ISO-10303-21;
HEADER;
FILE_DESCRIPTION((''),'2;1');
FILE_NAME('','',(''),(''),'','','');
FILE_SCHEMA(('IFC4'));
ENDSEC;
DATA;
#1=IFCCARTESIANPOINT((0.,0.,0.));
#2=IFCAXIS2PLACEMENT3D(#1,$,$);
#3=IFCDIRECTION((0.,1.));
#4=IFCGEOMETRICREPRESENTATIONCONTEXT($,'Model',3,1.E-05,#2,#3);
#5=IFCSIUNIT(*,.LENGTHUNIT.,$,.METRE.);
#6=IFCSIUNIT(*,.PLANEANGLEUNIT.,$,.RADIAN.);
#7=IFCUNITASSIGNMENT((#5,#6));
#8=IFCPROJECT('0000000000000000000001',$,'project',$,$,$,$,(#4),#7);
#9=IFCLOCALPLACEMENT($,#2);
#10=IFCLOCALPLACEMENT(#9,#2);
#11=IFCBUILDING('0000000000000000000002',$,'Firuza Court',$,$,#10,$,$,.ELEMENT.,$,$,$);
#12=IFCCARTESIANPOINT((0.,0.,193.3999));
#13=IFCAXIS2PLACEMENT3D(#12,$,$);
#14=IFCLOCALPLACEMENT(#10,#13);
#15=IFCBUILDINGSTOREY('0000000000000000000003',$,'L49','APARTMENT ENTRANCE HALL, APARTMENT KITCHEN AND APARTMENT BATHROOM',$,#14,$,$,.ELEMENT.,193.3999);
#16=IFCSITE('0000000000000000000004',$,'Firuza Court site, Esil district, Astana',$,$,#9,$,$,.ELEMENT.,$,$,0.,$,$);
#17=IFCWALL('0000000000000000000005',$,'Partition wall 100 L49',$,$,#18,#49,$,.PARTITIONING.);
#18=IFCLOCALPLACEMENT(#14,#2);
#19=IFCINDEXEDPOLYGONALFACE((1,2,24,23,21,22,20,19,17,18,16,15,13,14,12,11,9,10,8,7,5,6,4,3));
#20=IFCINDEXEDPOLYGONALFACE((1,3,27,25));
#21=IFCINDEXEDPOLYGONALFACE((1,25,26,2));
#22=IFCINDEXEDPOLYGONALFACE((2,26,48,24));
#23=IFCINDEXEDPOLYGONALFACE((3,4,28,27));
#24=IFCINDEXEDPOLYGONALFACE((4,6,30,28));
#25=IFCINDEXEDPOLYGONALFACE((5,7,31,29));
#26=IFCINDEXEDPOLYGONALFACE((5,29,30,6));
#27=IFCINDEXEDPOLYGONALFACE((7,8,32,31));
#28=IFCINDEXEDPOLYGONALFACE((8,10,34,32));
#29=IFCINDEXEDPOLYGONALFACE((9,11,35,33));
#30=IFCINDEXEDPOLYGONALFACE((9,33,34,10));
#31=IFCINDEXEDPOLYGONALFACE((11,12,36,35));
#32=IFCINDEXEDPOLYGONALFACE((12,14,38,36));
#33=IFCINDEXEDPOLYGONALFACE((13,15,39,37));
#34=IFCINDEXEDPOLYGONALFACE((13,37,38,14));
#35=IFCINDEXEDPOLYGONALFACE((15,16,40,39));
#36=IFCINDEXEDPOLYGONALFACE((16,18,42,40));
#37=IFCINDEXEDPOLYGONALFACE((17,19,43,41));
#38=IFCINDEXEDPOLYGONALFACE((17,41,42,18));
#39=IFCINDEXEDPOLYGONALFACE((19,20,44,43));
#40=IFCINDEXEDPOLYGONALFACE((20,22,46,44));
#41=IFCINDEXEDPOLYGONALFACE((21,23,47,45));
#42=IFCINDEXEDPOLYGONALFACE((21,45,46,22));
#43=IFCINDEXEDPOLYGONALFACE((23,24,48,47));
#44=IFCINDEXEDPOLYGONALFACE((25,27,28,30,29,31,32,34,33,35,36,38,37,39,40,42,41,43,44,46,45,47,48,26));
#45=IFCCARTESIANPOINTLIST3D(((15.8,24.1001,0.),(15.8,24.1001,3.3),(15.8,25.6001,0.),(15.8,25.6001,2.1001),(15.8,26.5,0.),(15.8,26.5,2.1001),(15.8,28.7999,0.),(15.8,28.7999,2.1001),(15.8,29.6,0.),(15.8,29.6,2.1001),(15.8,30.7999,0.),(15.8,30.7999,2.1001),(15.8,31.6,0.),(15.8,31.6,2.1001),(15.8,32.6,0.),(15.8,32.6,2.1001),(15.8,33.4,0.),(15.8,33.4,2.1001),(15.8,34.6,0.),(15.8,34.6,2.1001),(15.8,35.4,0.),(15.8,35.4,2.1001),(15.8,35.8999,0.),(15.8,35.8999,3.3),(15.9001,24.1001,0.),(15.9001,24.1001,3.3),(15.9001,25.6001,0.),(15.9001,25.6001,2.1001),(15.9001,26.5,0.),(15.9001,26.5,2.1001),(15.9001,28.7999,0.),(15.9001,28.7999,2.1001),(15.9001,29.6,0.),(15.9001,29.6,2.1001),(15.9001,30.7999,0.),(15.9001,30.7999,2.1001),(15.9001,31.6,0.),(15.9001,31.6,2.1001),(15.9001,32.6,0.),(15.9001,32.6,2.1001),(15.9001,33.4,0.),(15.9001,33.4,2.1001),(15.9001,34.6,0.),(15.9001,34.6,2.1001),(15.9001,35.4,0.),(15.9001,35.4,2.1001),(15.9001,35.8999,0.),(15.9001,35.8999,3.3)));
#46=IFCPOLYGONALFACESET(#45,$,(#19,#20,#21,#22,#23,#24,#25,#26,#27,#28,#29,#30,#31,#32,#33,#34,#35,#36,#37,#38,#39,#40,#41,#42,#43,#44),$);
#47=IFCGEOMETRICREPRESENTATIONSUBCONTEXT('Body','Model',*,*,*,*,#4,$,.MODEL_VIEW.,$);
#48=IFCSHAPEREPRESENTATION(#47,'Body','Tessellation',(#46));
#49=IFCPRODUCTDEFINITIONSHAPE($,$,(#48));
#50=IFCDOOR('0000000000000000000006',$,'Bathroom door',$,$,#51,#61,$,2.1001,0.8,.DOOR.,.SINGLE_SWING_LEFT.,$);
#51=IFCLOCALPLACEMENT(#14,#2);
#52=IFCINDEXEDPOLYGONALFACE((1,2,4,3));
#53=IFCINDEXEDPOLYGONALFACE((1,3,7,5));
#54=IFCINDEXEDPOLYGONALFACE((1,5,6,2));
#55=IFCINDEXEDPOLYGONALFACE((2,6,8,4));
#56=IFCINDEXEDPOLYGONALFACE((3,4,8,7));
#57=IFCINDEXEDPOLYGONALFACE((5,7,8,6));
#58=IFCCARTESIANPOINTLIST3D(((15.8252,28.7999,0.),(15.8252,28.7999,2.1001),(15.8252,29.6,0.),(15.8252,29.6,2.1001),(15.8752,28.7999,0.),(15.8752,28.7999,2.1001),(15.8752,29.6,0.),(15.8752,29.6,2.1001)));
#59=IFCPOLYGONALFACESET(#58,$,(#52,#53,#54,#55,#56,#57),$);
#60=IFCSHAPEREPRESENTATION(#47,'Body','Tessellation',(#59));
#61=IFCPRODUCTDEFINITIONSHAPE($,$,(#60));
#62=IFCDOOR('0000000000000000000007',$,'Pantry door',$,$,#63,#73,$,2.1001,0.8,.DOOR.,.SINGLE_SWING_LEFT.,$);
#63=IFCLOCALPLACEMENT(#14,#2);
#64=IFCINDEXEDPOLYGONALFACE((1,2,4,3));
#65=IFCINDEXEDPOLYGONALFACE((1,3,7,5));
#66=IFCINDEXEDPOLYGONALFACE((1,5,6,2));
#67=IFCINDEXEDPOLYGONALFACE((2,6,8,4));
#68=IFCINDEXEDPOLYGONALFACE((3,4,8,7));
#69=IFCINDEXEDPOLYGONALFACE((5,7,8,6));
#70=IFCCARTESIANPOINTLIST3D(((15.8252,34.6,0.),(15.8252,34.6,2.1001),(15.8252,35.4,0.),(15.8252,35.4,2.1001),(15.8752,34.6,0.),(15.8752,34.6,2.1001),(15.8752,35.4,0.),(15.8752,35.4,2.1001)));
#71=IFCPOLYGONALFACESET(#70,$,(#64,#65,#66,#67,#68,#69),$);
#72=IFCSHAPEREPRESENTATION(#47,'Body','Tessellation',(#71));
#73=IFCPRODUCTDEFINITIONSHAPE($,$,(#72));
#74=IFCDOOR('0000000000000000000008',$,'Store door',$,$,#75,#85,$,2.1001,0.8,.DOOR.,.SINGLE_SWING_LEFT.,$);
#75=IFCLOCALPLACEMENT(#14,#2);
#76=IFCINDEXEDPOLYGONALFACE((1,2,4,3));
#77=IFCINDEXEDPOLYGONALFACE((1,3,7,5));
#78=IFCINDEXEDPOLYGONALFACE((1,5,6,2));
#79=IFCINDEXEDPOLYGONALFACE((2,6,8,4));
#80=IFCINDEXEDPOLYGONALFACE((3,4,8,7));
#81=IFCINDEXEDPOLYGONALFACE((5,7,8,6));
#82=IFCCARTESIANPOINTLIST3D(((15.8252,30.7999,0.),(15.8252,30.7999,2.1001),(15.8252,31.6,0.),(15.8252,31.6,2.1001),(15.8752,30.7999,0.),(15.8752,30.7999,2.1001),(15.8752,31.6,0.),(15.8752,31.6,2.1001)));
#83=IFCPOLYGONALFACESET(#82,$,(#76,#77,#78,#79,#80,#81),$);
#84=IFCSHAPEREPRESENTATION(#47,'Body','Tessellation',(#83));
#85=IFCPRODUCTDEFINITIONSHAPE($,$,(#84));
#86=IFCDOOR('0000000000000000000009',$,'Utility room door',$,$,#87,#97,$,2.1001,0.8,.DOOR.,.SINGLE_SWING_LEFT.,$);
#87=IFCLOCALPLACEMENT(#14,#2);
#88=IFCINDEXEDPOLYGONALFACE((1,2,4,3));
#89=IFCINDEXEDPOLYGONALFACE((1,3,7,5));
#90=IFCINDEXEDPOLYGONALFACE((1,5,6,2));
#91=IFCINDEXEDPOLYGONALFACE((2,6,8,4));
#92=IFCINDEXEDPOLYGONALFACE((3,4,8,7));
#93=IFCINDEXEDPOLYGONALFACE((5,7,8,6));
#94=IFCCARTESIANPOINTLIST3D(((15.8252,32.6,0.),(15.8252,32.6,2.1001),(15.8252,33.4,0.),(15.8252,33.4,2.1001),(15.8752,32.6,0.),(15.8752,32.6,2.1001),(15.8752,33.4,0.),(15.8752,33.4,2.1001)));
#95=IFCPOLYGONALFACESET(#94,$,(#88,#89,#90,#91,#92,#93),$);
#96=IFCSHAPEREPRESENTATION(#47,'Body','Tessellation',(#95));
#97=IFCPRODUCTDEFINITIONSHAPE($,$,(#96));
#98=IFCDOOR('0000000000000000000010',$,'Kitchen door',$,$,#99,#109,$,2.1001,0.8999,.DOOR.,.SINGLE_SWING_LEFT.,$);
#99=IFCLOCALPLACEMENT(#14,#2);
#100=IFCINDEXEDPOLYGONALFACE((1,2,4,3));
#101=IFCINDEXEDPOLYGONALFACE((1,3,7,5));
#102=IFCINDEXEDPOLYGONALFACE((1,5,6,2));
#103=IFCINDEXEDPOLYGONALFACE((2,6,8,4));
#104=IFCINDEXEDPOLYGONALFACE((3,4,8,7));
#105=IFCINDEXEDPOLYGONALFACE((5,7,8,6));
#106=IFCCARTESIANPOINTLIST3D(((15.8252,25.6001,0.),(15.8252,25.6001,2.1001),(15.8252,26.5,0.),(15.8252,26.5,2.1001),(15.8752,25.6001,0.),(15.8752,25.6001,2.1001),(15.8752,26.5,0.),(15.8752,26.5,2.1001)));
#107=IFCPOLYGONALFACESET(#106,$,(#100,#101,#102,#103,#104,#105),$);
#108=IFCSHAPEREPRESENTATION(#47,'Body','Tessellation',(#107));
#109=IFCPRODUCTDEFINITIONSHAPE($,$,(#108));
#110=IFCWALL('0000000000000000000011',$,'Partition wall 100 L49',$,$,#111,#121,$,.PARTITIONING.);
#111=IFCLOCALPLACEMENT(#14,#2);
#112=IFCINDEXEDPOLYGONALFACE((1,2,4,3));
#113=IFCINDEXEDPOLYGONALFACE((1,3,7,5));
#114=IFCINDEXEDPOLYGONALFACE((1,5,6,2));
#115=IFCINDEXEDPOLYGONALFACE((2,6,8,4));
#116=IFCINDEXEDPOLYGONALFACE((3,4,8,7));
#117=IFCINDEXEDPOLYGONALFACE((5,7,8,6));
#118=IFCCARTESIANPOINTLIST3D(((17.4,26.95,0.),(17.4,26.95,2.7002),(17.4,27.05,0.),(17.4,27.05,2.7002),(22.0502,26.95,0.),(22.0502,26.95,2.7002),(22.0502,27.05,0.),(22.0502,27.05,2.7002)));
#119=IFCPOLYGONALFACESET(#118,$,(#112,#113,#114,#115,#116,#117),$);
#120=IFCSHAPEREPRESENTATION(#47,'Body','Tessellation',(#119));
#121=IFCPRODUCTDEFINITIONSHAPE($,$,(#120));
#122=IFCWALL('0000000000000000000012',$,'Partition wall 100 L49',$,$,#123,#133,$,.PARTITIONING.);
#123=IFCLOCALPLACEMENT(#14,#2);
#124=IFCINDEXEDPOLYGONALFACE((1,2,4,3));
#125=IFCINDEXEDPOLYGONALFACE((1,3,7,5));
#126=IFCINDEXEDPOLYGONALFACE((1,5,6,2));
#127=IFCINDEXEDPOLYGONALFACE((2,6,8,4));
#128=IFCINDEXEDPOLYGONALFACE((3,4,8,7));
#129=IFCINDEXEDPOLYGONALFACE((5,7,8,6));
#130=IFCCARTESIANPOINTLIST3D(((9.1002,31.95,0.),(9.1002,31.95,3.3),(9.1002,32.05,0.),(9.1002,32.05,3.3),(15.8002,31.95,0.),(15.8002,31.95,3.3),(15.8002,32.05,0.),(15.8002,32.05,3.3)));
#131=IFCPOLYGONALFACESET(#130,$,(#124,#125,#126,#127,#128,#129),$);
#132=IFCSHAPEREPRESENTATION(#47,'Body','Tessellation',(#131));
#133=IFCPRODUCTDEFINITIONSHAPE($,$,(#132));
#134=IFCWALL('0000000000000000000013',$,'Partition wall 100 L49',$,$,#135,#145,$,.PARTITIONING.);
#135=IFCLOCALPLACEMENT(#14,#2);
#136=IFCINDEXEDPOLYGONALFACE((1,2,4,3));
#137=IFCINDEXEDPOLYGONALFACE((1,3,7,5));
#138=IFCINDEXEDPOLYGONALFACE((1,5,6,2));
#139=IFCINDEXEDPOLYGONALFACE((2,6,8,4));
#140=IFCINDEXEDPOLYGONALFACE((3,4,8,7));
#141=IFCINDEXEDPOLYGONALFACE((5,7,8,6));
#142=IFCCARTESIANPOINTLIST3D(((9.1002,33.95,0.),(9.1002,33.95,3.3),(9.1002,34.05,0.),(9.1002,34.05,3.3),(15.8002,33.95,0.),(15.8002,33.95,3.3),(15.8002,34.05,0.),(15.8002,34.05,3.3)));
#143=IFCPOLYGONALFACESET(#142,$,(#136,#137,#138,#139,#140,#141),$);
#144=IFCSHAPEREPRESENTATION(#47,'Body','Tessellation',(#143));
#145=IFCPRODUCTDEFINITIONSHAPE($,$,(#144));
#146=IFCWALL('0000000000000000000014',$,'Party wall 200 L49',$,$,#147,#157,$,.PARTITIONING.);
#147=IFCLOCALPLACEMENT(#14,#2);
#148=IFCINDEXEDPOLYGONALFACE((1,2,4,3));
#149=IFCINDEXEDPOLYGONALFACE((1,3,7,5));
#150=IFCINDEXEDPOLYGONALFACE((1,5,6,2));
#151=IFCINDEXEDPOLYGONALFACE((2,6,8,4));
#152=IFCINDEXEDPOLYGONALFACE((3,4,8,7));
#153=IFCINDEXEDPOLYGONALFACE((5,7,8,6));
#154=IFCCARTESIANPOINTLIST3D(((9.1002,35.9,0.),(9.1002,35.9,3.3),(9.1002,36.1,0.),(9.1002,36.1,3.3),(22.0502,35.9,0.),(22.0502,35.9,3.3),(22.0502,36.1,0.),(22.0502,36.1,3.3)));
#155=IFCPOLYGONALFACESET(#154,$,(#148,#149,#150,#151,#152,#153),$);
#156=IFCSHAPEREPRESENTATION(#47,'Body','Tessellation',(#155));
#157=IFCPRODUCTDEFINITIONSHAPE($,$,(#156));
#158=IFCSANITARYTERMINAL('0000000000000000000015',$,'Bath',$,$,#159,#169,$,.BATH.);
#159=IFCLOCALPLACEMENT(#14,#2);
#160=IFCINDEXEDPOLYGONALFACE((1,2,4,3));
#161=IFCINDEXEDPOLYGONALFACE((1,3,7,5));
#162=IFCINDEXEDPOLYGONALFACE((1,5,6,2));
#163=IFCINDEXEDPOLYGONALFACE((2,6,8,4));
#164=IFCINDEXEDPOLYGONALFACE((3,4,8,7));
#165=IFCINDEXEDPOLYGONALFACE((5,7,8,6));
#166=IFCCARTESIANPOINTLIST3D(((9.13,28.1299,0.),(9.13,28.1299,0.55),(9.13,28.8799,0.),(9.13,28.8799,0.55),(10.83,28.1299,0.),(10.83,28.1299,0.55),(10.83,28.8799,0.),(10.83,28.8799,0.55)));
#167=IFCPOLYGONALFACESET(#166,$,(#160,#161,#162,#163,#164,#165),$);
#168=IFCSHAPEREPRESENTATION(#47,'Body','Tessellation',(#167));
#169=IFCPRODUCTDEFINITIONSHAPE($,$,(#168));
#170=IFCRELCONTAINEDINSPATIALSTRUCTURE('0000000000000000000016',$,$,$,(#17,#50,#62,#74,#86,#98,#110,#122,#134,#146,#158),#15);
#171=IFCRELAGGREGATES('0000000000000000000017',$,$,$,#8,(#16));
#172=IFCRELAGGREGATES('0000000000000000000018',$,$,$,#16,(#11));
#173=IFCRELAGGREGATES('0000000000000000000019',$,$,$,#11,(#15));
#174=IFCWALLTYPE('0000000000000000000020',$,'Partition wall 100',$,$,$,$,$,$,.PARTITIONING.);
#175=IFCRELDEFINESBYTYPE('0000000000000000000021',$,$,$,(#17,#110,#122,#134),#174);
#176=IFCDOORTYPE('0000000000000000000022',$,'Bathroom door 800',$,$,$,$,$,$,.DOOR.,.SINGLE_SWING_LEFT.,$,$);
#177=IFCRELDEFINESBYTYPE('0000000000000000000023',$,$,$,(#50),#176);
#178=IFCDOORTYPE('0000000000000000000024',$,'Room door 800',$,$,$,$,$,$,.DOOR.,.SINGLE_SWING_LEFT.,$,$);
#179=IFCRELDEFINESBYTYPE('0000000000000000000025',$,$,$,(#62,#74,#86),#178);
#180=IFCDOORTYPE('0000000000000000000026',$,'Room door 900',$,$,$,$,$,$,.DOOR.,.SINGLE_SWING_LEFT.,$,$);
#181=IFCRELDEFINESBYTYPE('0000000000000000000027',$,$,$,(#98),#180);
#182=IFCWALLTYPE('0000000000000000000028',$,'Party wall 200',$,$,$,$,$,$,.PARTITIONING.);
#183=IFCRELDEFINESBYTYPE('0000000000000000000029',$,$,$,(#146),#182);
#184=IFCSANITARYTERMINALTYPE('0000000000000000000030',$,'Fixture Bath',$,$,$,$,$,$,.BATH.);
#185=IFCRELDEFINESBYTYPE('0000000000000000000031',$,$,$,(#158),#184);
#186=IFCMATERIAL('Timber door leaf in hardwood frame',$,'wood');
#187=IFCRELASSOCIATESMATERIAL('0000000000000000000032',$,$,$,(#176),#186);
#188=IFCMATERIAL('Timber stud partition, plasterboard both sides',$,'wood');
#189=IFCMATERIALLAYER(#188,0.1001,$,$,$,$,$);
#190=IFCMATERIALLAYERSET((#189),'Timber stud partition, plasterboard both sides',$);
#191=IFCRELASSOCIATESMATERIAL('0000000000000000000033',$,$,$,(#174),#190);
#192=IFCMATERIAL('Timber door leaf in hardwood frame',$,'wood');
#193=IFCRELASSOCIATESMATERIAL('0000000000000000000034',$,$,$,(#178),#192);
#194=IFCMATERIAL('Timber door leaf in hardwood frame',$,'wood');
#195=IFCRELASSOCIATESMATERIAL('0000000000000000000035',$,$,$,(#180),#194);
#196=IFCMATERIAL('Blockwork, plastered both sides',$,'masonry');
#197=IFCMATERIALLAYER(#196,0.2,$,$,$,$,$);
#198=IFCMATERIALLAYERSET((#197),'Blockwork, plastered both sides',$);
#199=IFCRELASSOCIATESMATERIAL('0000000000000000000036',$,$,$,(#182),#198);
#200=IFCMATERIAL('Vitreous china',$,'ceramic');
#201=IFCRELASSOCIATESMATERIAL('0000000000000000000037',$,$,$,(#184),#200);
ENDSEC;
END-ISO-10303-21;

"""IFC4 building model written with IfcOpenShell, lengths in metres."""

from ifc_helpers import new_model, si_unit, direction, frame, frame_2d, origin, origin_2d, place, context, subcontext, project, spatial, rectangle, extrude, material, layer, layer_set, type_object, element, fill, save


model = new_model("IFC4")

# Units and contexts
model_context = context("Model", 3, precision=1e-05, world=origin(), true_north=direction((0.0, 1.0)))
body_context = subcontext(model_context, "Body", "Model", "MODEL_VIEW")
ifc_project = project(units=[si_unit("LENGTHUNIT", "METRE"), si_unit("PLANEANGLEUNIT", "RADIAN")], contexts=[model_context])

# Site, building, storey
site_placement = place(None, origin())
site = spatial("IfcSite", under=ifc_project, at=site_placement, Name="Firuza Court site, Esil district, Astana", CompositionType="ELEMENT", RefElevation=0.0)
building_placement = place(site_placement, origin())
building = spatial("IfcBuilding", under=site, at=building_placement, Name="Firuza Court", CompositionType="ELEMENT")
storey_placement = place(building_placement, frame((0.0, 0.0, 193.3999)))
storey = spatial("IfcBuildingStorey", under=building, at=storey_placement, Name="L49", Description="APARTMENT ENTRANCE HALL, APARTMENT KITCHEN AND APARTMENT BATHROOM", CompositionType="ELEMENT", Elevation=193.3999)

# Shared definitions
ifc_material_1 = material(Name="Timber door leaf in hardwood frame", Category="wood")
door_type_1 = type_object("IfcDoorType", Name="Bathroom door 800", OperationType="SINGLE_SWING_LEFT", PredefinedType="DOOR", material=ifc_material_1)

# Shared definitions
ifc_material_2 = material(Name="Timber stud partition, plasterboard both sides", Category="wood")
ifc_layer_1 = layer(ifc_material_2, 0.1001)
ifc_layer_set_1 = layer_set([ifc_layer_1], Name="Timber stud partition, plasterboard both sides")
wall_type_1 = type_object("IfcWallType", Name="Partition wall 100", PredefinedType="PARTITIONING", material=ifc_layer_set_1)

# Wall, openings, doors
wall_1_placement = place(storey_placement, frame((15.8501, 24.1001, 0.0), z_axis=(0.0, 0.0, 1.0), x_axis=(0.0, 1.0, 0.0)))
wall_1 = element("IfcWall", 1, at=wall_1_placement, inside=storey, type_object=wall_type_1, Name="Partition wall 100 L49", PredefinedType="PARTITIONING", context=body_context, shape_type="SweptSolid", body=[
    extrude(rectangle(XDim=11.7998, YDim=0.1001, at=frame_2d((5.8999, 0.0))), origin(), (0.0, 0.0, 1.0), 3.3),
])
opening_1_placement = place(wall_1_placement, frame((4.7, 0.0, 0.0)))
opening_1 = element("IfcOpeningElement", 2, at=opening_1_placement, cuts=wall_1, PredefinedType="OPENING", context=body_context, shape_type="SweptSolid", body=[
    extrude(rectangle(XDim=0.8, YDim=2.1001, at=frame_2d((0.3999, 1.05))), frame((0.0, 0.062, 0.0), z_axis=(0.0, -1.0, 0.0), x_axis=(1.0, 0.0, 0.0)), (0.0, 0.0, 1.0), 0.124),
])
opening_2_placement = place(wall_1_placement, frame((1.5, 0.0, 0.0)))
opening_2 = element("IfcOpeningElement", 3, at=opening_2_placement, cuts=wall_1, PredefinedType="OPENING", context=body_context, shape_type="SweptSolid", body=[
    extrude(rectangle(XDim=0.8999, YDim=2.1001, at=frame_2d((0.45, 1.05))), frame((0.0, 0.062, 0.0), z_axis=(0.0, -1.0, 0.0), x_axis=(1.0, 0.0, 0.0)), (0.0, 0.0, 1.0), 0.124),
])
opening_3_placement = place(wall_1_placement, frame((10.5, 0.0, 0.0)))
opening_3 = element("IfcOpeningElement", 4, at=opening_3_placement, cuts=wall_1, PredefinedType="OPENING", context=body_context, shape_type="SweptSolid", body=[
    extrude(rectangle(XDim=0.8, YDim=2.1001, at=frame_2d((0.3999, 1.05))), frame((0.0, 0.062, 0.0), z_axis=(0.0, -1.0, 0.0), x_axis=(1.0, 0.0, 0.0)), (0.0, 0.0, 1.0), 0.124),
])
opening_4_placement = place(wall_1_placement, frame((6.7, 0.0, 0.0)))
opening_4 = element("IfcOpeningElement", 5, at=opening_4_placement, cuts=wall_1, PredefinedType="OPENING", context=body_context, shape_type="SweptSolid", body=[
    extrude(rectangle(XDim=0.8, YDim=2.1001, at=frame_2d((0.3999, 1.05))), frame((0.0, 0.062, 0.0), z_axis=(0.0, -1.0, 0.0), x_axis=(1.0, 0.0, 0.0)), (0.0, 0.0, 1.0), 0.124),
])
opening_5_placement = place(wall_1_placement, frame((8.5, 0.0, 0.0)))
opening_5 = element("IfcOpeningElement", 6, at=opening_5_placement, cuts=wall_1, PredefinedType="OPENING", context=body_context, shape_type="SweptSolid", body=[
    extrude(rectangle(XDim=0.8, YDim=2.1001, at=frame_2d((0.3999, 1.05))), frame((0.0, 0.062, 0.0), z_axis=(0.0, -1.0, 0.0), x_axis=(1.0, 0.0, 0.0)), (0.0, 0.0, 1.0), 0.124),
])
door_1_placement = place(opening_1_placement, origin())
door_1 = element("IfcDoor", 7, at=door_1_placement, inside=storey, type_object=door_type_1, Name="Bathroom door", OperationType="SINGLE_SWING_LEFT", OverallHeight=2.1001, OverallWidth=0.8, PredefinedType="DOOR", context=body_context, shape_type="SweptSolid", body=[
    extrude(rectangle(XDim=0.8, YDim=2.1001, at=frame_2d((0.3999, 1.05))), frame((0.0, 0.0249, 0.0), z_axis=(0.0, -1.0, 0.0), x_axis=(1.0, 0.0, 0.0)), (0.0, 0.0, 1.0), 0.05),
])
fill(opening_1, door_1)
ifc_material_3 = material(Name="Timber door leaf in hardwood frame", Category="wood")
door_type_2 = type_object("IfcDoorType", Name="Room door 800", OperationType="SINGLE_SWING_LEFT", PredefinedType="DOOR", material=ifc_material_3)
door_2_placement = place(opening_3_placement, origin())
door_2 = element("IfcDoor", 8, at=door_2_placement, inside=storey, type_object=door_type_2, Name="Pantry door", OperationType="SINGLE_SWING_LEFT", OverallHeight=2.1001, OverallWidth=0.8, PredefinedType="DOOR", context=body_context, shape_type="SweptSolid", body=[
    extrude(rectangle(XDim=0.8, YDim=2.1001, at=frame_2d((0.3999, 1.05))), frame((0.0, 0.0249, 0.0), z_axis=(0.0, -1.0, 0.0), x_axis=(1.0, 0.0, 0.0)), (0.0, 0.0, 1.0), 0.05),
])
fill(opening_3, door_2)
door_3_placement = place(opening_4_placement, origin())
door_3 = element("IfcDoor", 9, at=door_3_placement, inside=storey, type_object=door_type_2, Name="Store door", OperationType="SINGLE_SWING_LEFT", OverallHeight=2.1001, OverallWidth=0.8, PredefinedType="DOOR", context=body_context, shape_type="SweptSolid", body=[
    extrude(rectangle(XDim=0.8, YDim=2.1001, at=frame_2d((0.3999, 1.05))), frame((0.0, 0.0249, 0.0), z_axis=(0.0, -1.0, 0.0), x_axis=(1.0, 0.0, 0.0)), (0.0, 0.0, 1.0), 0.05),
])
fill(opening_4, door_3)
door_4_placement = place(opening_5_placement, origin())
door_4 = element("IfcDoor", 10, at=door_4_placement, inside=storey, type_object=door_type_2, Name="Utility room door", OperationType="SINGLE_SWING_LEFT", OverallHeight=2.1001, OverallWidth=0.8, PredefinedType="DOOR", context=body_context, shape_type="SweptSolid", body=[
    extrude(rectangle(XDim=0.8, YDim=2.1001, at=frame_2d((0.3999, 1.05))), frame((0.0, 0.0249, 0.0), z_axis=(0.0, -1.0, 0.0), x_axis=(1.0, 0.0, 0.0)), (0.0, 0.0, 1.0), 0.05),
])
fill(opening_5, door_4)
ifc_material_4 = material(Name="Timber door leaf in hardwood frame", Category="wood")
door_type_3 = type_object("IfcDoorType", Name="Room door 900", OperationType="SINGLE_SWING_LEFT", PredefinedType="DOOR", material=ifc_material_4)
door_5_placement = place(opening_2_placement, origin())
door_5 = element("IfcDoor", 11, at=door_5_placement, inside=storey, type_object=door_type_3, Name="Kitchen door", OperationType="SINGLE_SWING_LEFT", OverallHeight=2.1001, OverallWidth=0.8999, PredefinedType="DOOR", context=body_context, shape_type="SweptSolid", body=[
    extrude(rectangle(XDim=0.8999, YDim=2.1001, at=frame_2d((0.45, 1.05))), frame((0.0, 0.0249, 0.0), z_axis=(0.0, -1.0, 0.0), x_axis=(1.0, 0.0, 0.0)), (0.0, 0.0, 1.0), 0.05),
])
fill(opening_2, door_5)

# Walls
wall_2_placement = place(storey_placement, frame((17.3999, 27.0, 0.0), z_axis=(0.0, 0.0, 1.0), x_axis=(1.0, 0.0, 0.0)))
element("IfcWall", 12, at=wall_2_placement, inside=storey, type_object=wall_type_1, Name="Partition wall 100 L49", PredefinedType="PARTITIONING", context=body_context, shape_type="SweptSolid", body=[
    extrude(rectangle(XDim=4.6501, YDim=0.1001, at=frame_2d((2.3252, 0.0))), origin(), (0.0, 0.0, 1.0), 2.7002),
])
for number, where, z_axis, x_axis, name in (
    (13, (9.1001, 32.0, 0.0), (0.0, 0.0, 1.0), (1.0, 0.0, 0.0), "Partition wall 100 L49"),
    (14, (9.1001, 34.0, 0.0), (0.0, 0.0, 1.0), (1.0, 0.0, 0.0), "Partition wall 100 L49"),
):
    element("IfcWall", number, at=place(storey_placement, frame(where, z_axis=z_axis, x_axis=x_axis)), inside=storey, type_object=wall_type_1, Name=name, PredefinedType="PARTITIONING", context=body_context, shape_type="SweptSolid", body=[
        extrude(rectangle(XDim=6.7, YDim=0.1001, at=frame_2d((3.3501, 0.0))), origin(), (0.0, 0.0, 1.0), 3.3),
    ])
ifc_material_5 = material(Name="Blockwork, plastered both sides", Category="masonry")
ifc_layer_2 = layer(ifc_material_5, 0.2)
ifc_layer_set_2 = layer_set([ifc_layer_2], Name="Blockwork, plastered both sides")
wall_type_2 = type_object("IfcWallType", Name="Party wall 200", PredefinedType="PARTITIONING", material=ifc_layer_set_2)
wall_3_placement = place(storey_placement, frame((9.1001, 36.0, 0.0), z_axis=(0.0, 0.0, 1.0), x_axis=(1.0, 0.0, 0.0)))
element("IfcWall", 15, at=wall_3_placement, inside=storey, type_object=wall_type_2, Name="Party wall 200 L49", PredefinedType="PARTITIONING", context=body_context, shape_type="SweptSolid", body=[
    extrude(rectangle(XDim=12.95, YDim=0.2, at=frame_2d((6.4751, 0.0))), origin(), (0.0, 0.0, 1.0), 3.3),
])

# Sanitary terminal
ifc_material_6 = material(Name="Vitreous china", Category="ceramic")
sanitary_terminal_type_1 = type_object("IfcSanitaryTerminalType", Name="Fixture Bath", PredefinedType="BATH", material=ifc_material_6)
sanitary_terminal_1_placement = place(storey_placement, frame((9.98, 28.5049, 0.0), z_axis=(0.0, 0.0, 1.0), x_axis=(1.0, 0.0, 0.0)))
element("IfcSanitaryTerminal", 16, at=sanitary_terminal_1_placement, inside=storey, type_object=sanitary_terminal_type_1, Name="Bath", PredefinedType="BATH", context=body_context, shape_type="SweptSolid", body=[
    extrude(rectangle(XDim=1.7, YDim=0.75, at=origin_2d()), origin(), (0.0, 0.0, 1.0), 0.55),
])

save(model, "model.ifc")
